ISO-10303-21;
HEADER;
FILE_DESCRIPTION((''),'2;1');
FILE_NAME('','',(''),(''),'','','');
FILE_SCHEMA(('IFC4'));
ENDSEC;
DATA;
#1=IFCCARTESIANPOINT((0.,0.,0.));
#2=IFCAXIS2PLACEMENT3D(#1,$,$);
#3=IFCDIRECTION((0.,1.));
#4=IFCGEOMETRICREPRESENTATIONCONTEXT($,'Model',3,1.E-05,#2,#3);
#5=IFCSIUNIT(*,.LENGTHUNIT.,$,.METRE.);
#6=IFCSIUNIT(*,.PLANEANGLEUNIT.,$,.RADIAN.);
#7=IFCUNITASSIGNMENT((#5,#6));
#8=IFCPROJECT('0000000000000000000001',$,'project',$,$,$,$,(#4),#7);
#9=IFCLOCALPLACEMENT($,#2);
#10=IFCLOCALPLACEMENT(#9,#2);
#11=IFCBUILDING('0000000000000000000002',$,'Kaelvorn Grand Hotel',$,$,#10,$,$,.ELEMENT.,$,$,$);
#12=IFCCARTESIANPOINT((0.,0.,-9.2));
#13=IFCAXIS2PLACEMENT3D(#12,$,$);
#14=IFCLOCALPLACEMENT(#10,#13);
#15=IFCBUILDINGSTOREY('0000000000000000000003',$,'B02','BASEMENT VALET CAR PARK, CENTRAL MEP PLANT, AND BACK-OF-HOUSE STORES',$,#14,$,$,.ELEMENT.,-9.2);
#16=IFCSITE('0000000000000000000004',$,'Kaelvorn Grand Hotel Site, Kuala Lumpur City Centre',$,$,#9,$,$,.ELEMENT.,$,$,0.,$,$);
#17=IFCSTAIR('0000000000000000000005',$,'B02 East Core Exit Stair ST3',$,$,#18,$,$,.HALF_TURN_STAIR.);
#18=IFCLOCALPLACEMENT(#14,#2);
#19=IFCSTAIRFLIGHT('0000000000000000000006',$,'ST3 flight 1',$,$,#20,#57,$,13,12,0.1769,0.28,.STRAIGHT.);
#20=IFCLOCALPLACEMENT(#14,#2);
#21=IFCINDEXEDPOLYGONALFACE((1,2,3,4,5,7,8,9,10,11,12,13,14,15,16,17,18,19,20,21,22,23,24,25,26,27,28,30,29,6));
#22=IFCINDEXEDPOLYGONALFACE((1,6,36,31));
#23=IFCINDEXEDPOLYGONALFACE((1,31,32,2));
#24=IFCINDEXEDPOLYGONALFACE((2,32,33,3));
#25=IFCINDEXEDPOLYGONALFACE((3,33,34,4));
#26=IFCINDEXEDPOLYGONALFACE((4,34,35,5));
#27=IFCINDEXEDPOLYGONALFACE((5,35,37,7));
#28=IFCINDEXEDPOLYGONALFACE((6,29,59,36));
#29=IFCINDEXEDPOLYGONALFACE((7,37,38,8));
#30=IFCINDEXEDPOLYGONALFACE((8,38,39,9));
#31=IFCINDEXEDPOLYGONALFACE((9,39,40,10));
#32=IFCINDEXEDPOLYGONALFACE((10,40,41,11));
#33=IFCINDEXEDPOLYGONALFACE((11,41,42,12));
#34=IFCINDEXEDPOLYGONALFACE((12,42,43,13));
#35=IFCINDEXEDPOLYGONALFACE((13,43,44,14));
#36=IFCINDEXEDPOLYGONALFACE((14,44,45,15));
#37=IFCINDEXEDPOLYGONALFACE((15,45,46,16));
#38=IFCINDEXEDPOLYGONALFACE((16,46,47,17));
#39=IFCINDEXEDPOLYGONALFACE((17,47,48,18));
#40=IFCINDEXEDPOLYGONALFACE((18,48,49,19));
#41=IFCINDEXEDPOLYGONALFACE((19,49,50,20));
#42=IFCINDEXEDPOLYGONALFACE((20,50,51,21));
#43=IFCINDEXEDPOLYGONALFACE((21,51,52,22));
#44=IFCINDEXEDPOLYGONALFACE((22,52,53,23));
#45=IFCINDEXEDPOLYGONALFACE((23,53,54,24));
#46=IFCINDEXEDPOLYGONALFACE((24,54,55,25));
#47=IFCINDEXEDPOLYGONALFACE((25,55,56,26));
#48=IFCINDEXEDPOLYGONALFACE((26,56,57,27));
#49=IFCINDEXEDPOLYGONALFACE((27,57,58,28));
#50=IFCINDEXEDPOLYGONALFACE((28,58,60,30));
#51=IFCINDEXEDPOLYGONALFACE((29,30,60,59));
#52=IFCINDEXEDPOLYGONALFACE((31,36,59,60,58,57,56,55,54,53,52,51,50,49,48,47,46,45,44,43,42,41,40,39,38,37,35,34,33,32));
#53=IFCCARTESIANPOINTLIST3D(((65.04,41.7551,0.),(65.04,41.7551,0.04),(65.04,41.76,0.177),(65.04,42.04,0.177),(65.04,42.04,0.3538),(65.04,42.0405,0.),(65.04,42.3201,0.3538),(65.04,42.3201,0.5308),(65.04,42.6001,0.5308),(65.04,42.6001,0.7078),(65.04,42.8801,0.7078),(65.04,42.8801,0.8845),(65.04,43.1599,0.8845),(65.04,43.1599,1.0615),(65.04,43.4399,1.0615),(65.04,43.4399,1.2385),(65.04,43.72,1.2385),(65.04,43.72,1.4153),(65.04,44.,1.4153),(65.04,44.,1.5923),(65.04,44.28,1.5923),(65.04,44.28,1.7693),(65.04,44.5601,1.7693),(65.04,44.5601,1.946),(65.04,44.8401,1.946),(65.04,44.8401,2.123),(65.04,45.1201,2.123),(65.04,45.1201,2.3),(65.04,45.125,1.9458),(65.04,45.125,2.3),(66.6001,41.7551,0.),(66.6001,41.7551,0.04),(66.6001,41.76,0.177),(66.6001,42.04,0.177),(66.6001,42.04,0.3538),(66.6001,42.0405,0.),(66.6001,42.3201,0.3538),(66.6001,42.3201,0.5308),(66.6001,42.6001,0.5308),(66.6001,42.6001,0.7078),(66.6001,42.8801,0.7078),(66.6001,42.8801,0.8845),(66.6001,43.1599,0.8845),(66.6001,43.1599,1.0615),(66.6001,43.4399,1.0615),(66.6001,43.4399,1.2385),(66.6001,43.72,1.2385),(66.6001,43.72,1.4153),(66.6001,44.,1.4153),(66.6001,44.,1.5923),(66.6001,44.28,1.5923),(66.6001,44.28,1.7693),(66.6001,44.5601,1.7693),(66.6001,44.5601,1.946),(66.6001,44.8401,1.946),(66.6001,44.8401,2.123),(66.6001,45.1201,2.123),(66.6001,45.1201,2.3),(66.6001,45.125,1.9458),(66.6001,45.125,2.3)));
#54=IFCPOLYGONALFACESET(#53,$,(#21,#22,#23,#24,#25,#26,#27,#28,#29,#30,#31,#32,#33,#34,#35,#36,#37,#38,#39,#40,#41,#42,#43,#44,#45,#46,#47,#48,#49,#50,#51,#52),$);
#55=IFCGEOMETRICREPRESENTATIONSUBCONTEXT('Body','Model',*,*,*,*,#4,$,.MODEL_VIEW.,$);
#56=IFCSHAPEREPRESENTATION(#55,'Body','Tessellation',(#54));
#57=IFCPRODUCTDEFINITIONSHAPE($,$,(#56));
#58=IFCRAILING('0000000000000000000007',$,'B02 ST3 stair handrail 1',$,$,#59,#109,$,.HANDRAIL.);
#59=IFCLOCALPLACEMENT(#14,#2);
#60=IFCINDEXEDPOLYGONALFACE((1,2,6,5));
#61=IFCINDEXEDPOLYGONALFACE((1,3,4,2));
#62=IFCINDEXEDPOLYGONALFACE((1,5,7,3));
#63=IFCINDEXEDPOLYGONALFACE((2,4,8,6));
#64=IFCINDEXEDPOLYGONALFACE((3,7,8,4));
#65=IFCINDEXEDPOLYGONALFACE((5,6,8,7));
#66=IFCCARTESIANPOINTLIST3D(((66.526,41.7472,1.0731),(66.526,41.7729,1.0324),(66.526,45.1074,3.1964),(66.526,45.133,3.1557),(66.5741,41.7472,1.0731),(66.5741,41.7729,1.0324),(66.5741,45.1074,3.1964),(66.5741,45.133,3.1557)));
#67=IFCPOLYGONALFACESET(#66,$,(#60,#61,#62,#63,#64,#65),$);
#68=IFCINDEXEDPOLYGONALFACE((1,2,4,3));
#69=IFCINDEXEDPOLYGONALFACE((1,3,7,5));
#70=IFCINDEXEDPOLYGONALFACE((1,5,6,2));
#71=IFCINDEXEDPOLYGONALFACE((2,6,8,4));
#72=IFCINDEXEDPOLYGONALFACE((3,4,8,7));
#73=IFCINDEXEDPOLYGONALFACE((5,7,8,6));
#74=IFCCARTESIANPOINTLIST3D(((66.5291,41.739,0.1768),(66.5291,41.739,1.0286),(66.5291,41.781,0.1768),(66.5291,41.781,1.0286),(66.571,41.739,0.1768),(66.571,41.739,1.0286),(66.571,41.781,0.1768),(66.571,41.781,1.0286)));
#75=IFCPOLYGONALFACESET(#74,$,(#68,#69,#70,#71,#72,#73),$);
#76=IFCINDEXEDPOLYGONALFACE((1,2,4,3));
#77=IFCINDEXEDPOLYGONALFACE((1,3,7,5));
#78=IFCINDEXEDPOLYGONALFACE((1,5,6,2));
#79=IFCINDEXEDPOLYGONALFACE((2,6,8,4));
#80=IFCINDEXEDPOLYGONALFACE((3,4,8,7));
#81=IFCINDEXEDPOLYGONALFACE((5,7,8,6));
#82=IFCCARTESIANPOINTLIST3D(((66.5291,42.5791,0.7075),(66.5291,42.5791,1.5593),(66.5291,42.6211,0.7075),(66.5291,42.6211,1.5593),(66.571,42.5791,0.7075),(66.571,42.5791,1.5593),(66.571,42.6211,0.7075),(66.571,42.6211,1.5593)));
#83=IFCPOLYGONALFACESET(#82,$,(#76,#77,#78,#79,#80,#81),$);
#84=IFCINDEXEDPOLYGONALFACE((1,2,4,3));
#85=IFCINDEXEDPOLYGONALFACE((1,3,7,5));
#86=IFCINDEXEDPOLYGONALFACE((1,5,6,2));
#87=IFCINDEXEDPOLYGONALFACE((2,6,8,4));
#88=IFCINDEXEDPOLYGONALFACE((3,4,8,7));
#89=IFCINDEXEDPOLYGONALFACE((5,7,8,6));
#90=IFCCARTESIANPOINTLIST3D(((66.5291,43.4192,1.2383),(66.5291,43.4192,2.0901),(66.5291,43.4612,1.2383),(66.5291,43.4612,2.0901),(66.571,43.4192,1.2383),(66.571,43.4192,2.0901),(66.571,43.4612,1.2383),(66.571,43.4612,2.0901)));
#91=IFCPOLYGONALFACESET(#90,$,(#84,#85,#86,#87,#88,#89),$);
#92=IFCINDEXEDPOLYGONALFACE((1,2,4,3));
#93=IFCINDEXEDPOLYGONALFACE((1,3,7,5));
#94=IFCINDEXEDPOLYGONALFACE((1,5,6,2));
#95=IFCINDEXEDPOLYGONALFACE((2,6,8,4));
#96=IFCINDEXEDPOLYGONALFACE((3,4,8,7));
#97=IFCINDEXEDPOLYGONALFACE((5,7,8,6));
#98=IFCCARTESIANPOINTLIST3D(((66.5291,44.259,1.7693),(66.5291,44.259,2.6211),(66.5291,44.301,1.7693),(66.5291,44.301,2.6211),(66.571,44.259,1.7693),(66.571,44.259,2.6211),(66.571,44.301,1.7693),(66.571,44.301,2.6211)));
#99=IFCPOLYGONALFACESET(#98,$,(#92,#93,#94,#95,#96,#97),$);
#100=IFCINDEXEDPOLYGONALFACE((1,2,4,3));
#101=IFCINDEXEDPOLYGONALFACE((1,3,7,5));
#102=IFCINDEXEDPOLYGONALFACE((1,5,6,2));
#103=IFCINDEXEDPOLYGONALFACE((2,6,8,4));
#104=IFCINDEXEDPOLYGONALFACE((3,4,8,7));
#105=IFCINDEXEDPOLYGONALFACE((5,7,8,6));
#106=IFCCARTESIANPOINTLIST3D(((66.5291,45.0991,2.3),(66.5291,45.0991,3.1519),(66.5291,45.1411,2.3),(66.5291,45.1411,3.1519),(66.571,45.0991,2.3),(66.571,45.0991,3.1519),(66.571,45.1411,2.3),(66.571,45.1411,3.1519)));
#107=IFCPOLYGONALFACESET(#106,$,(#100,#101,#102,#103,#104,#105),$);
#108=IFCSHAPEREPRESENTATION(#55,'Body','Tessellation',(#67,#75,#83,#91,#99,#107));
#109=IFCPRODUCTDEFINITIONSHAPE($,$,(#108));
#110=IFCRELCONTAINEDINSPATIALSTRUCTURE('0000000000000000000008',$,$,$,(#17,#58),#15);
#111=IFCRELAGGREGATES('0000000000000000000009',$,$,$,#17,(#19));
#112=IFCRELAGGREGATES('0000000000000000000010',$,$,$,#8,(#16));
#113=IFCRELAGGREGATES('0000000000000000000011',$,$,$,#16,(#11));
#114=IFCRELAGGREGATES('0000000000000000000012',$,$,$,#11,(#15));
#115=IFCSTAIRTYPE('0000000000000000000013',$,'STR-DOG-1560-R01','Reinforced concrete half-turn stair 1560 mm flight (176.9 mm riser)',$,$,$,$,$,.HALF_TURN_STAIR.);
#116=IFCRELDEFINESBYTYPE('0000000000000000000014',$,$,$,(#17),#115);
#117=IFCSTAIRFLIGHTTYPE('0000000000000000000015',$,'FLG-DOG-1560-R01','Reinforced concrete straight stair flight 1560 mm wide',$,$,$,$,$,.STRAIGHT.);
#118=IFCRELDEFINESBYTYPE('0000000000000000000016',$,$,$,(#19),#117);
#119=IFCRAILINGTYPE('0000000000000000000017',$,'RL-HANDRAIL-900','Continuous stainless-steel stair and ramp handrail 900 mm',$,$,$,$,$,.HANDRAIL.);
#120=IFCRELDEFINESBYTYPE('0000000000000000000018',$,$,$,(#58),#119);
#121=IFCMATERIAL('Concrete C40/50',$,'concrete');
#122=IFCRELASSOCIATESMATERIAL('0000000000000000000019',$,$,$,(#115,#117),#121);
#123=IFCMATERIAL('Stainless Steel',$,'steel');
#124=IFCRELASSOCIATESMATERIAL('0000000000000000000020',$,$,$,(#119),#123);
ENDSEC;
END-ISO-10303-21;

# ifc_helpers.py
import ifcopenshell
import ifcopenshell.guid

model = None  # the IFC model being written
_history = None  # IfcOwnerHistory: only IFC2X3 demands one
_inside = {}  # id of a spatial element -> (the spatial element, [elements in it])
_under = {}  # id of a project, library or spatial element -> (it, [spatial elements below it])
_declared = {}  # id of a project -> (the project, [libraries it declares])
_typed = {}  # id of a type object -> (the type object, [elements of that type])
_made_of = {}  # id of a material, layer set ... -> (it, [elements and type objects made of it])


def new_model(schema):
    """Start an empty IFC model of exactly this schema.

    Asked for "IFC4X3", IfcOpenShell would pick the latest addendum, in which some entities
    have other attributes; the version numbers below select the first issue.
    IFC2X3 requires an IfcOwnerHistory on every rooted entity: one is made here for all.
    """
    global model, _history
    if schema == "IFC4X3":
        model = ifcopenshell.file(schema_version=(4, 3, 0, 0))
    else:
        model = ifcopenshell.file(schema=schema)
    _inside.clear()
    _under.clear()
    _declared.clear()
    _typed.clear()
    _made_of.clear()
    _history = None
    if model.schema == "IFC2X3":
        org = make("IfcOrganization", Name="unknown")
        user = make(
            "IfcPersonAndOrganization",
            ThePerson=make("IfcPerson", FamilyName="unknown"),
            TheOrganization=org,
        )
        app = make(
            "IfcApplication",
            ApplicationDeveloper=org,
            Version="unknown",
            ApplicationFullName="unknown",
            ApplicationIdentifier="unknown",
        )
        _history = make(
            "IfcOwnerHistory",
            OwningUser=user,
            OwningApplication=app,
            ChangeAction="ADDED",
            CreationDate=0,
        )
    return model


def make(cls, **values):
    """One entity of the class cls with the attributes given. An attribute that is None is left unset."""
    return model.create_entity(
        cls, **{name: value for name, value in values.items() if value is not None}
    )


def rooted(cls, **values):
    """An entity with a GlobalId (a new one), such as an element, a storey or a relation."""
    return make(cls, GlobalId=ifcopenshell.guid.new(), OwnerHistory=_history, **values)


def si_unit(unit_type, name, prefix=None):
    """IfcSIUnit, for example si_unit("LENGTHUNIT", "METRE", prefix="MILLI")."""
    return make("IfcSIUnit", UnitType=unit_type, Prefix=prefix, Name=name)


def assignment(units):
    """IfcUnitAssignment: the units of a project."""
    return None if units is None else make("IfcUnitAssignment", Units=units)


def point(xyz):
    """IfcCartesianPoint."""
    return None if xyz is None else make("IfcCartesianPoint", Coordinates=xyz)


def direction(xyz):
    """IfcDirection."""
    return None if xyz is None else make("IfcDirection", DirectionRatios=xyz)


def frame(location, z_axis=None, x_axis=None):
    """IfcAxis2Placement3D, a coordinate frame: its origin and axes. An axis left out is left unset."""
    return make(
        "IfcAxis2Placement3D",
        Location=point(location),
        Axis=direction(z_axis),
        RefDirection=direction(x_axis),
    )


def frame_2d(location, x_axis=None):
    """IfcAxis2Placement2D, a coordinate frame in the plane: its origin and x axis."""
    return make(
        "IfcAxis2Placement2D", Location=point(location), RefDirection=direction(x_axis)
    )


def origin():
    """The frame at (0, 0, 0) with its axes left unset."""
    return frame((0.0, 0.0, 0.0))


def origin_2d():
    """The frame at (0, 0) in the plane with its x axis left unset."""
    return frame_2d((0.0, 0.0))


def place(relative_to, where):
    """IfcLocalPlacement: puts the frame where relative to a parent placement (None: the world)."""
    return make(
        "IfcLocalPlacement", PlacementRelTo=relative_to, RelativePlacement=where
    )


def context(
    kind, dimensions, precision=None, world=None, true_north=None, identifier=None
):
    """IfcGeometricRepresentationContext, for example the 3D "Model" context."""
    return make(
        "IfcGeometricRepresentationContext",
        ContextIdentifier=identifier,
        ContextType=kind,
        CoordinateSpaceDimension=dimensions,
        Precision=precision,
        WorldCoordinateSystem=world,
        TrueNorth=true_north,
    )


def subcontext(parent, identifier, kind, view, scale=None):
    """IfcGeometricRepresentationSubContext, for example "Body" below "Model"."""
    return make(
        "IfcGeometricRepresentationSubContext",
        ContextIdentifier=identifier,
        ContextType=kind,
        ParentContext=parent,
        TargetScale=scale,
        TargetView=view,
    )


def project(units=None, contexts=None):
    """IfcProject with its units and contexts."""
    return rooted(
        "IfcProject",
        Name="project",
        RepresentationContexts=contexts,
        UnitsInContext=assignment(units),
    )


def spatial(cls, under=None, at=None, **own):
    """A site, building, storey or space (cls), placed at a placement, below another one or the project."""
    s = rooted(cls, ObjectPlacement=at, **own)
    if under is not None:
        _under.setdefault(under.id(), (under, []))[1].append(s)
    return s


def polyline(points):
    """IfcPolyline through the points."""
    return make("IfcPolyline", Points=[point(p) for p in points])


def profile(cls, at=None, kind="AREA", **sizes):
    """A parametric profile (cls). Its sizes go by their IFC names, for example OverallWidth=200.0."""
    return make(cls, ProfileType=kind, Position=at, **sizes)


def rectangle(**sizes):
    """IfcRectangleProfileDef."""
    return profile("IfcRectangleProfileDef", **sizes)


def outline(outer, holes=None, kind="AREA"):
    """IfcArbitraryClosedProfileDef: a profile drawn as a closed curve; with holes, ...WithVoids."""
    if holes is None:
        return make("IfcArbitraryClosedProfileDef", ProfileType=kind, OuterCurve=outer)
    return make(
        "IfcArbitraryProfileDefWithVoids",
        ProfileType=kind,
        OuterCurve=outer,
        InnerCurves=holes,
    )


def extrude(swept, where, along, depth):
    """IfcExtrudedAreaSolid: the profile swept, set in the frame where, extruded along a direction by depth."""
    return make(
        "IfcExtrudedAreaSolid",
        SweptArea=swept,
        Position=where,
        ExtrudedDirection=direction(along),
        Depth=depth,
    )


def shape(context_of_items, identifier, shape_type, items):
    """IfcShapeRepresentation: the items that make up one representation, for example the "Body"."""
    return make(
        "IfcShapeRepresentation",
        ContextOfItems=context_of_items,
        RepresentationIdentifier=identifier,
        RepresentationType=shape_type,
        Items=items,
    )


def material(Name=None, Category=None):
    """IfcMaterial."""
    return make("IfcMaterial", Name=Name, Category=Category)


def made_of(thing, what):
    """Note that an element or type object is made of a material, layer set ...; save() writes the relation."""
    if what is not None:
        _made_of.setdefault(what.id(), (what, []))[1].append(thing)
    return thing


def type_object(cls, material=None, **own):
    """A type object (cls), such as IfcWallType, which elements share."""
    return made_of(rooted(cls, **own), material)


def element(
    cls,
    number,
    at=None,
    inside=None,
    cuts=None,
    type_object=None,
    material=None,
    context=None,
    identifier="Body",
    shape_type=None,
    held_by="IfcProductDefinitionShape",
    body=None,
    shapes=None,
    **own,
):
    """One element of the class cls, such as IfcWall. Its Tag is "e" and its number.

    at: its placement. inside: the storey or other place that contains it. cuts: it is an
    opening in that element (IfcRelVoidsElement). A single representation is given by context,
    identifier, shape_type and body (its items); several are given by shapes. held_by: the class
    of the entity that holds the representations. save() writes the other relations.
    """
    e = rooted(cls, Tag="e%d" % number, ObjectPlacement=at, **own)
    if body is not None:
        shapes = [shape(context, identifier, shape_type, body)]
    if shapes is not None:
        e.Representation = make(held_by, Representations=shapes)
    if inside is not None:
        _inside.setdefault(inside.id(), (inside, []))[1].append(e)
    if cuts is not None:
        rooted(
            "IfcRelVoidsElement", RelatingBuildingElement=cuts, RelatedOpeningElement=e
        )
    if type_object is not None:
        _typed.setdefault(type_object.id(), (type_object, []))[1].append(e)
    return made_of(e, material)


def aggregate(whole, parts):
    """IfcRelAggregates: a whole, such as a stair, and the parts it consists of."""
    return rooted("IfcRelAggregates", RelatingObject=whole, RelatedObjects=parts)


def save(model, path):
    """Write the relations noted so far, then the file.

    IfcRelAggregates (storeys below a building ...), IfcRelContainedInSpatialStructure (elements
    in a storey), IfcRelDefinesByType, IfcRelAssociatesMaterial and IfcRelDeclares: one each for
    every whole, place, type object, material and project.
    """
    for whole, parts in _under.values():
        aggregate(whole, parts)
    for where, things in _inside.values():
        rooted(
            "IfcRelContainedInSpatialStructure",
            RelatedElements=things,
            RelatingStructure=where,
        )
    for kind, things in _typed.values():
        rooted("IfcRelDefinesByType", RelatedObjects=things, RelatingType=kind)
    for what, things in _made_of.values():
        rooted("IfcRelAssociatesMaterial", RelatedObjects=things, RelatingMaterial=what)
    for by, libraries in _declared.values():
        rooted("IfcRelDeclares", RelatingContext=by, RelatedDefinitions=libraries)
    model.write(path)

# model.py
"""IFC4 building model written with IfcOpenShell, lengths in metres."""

from ifc_helpers import new_model, si_unit, direction, frame, origin, origin_2d, place, context, subcontext, project, spatial, polyline, rectangle, outline, extrude, material, type_object, element, aggregate, save


model = new_model("IFC4")

# Units and contexts
model_context = context("Model", 3, precision=1e-05, world=origin(), true_north=direction((0.0, 1.0)))
body_context = subcontext(model_context, "Body", "Model", "MODEL_VIEW")
ifc_project = project(units=[si_unit("LENGTHUNIT", "METRE"), si_unit("PLANEANGLEUNIT", "RADIAN")], contexts=[model_context])

# Site, building, storey
site_placement = place(None, origin())
site = spatial("IfcSite", under=ifc_project, at=site_placement, Name="Kaelvorn Grand Hotel Site, Kuala Lumpur City Centre", CompositionType="ELEMENT", RefElevation=0.0)
building_placement = place(site_placement, origin())
building = spatial("IfcBuilding", under=site, at=building_placement, Name="Kaelvorn Grand Hotel", CompositionType="ELEMENT")
storey_placement = place(building_placement, frame((0.0, 0.0, -9.2)))
storey = spatial("IfcBuildingStorey", under=building, at=storey_placement, Name="B02", Description="BASEMENT VALET CAR PARK, CENTRAL MEP PLANT, AND BACK-OF-HOUSE STORES", CompositionType="ELEMENT", Elevation=-9.2)

# Shared definitions
ifc_material_1 = material(Name="Concrete C40/50", Category="concrete")

# Stair, stair flight
stair_type = type_object("IfcStairType", Name="STR-DOG-1560-R01", Description="Reinforced concrete half-turn stair 1560 mm flight (176.9 mm riser)", PredefinedType="HALF_TURN_STAIR", material=ifc_material_1)
stair_placement = place(storey_placement, origin())
stair = element("IfcStair", 1, at=stair_placement, inside=storey, type_object=stair_type, Name="B02 East Core Exit Stair ST3", PredefinedType="HALF_TURN_STAIR")
stair_flight_type = type_object("IfcStairFlightType", Name="FLG-DOG-1560-R01", Description="Reinforced concrete straight stair flight 1560 mm wide", PredefinedType="STRAIGHT", material=ifc_material_1)
stair_flight_placement = place(storey_placement, frame((65.8201, 41.76, 0.0), z_axis=(0.0, 0.0, 1.0), x_axis=(0.0, 1.0, 0.0)))
stair_flight = element("IfcStairFlight", 2, at=stair_flight_placement, type_object=stair_flight_type, Name="ST3 flight 1", NumberOfRisers=13, NumberOfTreads=12, PredefinedType="STRAIGHT", RiserHeight=0.1769, TreadLength=0.28, context=body_context, shape_type="SweptSolid", body=[
    extrude(outline(polyline([(-0.0049, 0.0), (-0.0049, 0.04), (0.0, 0.177), (0.28, 0.177), (0.28, 0.3538), (0.5601, 0.3538), (0.5601, 0.5308), (0.8401, 0.5308), (0.8401, 0.7078), (1.1201, 0.7078), (1.1201, 0.8845), (1.3999, 0.8845), (1.3999, 1.0615), (1.6799, 1.0615), (1.6799, 1.2385), (1.96, 1.2385), (1.96, 1.4153), (2.24, 1.4153), (2.24, 1.5923), (2.52, 1.5923), (2.52, 1.7693), (2.8, 1.7693), (2.8, 1.946), (3.0801, 1.946), (3.0801, 2.123), (3.3601, 2.123), (3.3601, 2.3), (3.365, 2.3), (3.365, 1.9458), (0.2805, 0.0), (-0.0049, 0.0)])), frame((0.0, 0.78, 0.0), z_axis=(0.0, -1.0, 0.0), x_axis=(1.0, 0.0, 0.0)), (0.0, 0.0, 1.0), 1.5601),
])
aggregate(stair, [stair_flight])

# Railing
ifc_material_2 = material(Name="Stainless Steel", Category="steel")
railing_type = type_object("IfcRailingType", Name="RL-HANDRAIL-900", Description="Continuous stainless-steel stair and ramp handrail 900 mm", PredefinedType="HANDRAIL", material=ifc_material_2)
railing_placement = place(storey_placement, frame((66.55, 41.76, 0.1768)))
element("IfcRailing", 3, at=railing_placement, inside=storey, type_object=railing_type, Name="B02 ST3 stair handrail 1", PredefinedType="HANDRAIL", context=body_context, shape_type="SweptSolid", body=[
    extrude(rectangle(XDim=0.0481, YDim=0.0481, at=origin_2d()), frame((0.0, 0.0, 0.876), z_axis=(0.0, 0.845362, 0.534194), x_axis=(-1.0, 0.0, 0.0)), (0.0, 0.0, 1.0), 3.9749),
    extrude(rectangle(XDim=0.042, YDim=0.042, at=origin_2d()), origin(), (0.0, 0.0, 1.0), 0.8518),
    extrude(rectangle(XDim=0.042, YDim=0.042, at=origin_2d()), frame((0.0, 0.8401, 0.5308)), (0.0, 0.0, 1.0), 0.8518),
    extrude(rectangle(XDim=0.042, YDim=0.042, at=origin_2d()), frame((0.0, 1.6802, 1.0615)), (0.0, 0.0, 1.0), 0.8518),
    extrude(rectangle(XDim=0.042, YDim=0.042, at=origin_2d()), frame((0.0, 2.52, 1.5925)), (0.0, 0.0, 1.0), 0.8518),
    extrude(rectangle(XDim=0.042, YDim=0.042, at=origin_2d()), frame((0.0, 3.3601, 2.1233)), (0.0, 0.0, 1.0), 0.8518),
])

save(model, "model.ifc")
